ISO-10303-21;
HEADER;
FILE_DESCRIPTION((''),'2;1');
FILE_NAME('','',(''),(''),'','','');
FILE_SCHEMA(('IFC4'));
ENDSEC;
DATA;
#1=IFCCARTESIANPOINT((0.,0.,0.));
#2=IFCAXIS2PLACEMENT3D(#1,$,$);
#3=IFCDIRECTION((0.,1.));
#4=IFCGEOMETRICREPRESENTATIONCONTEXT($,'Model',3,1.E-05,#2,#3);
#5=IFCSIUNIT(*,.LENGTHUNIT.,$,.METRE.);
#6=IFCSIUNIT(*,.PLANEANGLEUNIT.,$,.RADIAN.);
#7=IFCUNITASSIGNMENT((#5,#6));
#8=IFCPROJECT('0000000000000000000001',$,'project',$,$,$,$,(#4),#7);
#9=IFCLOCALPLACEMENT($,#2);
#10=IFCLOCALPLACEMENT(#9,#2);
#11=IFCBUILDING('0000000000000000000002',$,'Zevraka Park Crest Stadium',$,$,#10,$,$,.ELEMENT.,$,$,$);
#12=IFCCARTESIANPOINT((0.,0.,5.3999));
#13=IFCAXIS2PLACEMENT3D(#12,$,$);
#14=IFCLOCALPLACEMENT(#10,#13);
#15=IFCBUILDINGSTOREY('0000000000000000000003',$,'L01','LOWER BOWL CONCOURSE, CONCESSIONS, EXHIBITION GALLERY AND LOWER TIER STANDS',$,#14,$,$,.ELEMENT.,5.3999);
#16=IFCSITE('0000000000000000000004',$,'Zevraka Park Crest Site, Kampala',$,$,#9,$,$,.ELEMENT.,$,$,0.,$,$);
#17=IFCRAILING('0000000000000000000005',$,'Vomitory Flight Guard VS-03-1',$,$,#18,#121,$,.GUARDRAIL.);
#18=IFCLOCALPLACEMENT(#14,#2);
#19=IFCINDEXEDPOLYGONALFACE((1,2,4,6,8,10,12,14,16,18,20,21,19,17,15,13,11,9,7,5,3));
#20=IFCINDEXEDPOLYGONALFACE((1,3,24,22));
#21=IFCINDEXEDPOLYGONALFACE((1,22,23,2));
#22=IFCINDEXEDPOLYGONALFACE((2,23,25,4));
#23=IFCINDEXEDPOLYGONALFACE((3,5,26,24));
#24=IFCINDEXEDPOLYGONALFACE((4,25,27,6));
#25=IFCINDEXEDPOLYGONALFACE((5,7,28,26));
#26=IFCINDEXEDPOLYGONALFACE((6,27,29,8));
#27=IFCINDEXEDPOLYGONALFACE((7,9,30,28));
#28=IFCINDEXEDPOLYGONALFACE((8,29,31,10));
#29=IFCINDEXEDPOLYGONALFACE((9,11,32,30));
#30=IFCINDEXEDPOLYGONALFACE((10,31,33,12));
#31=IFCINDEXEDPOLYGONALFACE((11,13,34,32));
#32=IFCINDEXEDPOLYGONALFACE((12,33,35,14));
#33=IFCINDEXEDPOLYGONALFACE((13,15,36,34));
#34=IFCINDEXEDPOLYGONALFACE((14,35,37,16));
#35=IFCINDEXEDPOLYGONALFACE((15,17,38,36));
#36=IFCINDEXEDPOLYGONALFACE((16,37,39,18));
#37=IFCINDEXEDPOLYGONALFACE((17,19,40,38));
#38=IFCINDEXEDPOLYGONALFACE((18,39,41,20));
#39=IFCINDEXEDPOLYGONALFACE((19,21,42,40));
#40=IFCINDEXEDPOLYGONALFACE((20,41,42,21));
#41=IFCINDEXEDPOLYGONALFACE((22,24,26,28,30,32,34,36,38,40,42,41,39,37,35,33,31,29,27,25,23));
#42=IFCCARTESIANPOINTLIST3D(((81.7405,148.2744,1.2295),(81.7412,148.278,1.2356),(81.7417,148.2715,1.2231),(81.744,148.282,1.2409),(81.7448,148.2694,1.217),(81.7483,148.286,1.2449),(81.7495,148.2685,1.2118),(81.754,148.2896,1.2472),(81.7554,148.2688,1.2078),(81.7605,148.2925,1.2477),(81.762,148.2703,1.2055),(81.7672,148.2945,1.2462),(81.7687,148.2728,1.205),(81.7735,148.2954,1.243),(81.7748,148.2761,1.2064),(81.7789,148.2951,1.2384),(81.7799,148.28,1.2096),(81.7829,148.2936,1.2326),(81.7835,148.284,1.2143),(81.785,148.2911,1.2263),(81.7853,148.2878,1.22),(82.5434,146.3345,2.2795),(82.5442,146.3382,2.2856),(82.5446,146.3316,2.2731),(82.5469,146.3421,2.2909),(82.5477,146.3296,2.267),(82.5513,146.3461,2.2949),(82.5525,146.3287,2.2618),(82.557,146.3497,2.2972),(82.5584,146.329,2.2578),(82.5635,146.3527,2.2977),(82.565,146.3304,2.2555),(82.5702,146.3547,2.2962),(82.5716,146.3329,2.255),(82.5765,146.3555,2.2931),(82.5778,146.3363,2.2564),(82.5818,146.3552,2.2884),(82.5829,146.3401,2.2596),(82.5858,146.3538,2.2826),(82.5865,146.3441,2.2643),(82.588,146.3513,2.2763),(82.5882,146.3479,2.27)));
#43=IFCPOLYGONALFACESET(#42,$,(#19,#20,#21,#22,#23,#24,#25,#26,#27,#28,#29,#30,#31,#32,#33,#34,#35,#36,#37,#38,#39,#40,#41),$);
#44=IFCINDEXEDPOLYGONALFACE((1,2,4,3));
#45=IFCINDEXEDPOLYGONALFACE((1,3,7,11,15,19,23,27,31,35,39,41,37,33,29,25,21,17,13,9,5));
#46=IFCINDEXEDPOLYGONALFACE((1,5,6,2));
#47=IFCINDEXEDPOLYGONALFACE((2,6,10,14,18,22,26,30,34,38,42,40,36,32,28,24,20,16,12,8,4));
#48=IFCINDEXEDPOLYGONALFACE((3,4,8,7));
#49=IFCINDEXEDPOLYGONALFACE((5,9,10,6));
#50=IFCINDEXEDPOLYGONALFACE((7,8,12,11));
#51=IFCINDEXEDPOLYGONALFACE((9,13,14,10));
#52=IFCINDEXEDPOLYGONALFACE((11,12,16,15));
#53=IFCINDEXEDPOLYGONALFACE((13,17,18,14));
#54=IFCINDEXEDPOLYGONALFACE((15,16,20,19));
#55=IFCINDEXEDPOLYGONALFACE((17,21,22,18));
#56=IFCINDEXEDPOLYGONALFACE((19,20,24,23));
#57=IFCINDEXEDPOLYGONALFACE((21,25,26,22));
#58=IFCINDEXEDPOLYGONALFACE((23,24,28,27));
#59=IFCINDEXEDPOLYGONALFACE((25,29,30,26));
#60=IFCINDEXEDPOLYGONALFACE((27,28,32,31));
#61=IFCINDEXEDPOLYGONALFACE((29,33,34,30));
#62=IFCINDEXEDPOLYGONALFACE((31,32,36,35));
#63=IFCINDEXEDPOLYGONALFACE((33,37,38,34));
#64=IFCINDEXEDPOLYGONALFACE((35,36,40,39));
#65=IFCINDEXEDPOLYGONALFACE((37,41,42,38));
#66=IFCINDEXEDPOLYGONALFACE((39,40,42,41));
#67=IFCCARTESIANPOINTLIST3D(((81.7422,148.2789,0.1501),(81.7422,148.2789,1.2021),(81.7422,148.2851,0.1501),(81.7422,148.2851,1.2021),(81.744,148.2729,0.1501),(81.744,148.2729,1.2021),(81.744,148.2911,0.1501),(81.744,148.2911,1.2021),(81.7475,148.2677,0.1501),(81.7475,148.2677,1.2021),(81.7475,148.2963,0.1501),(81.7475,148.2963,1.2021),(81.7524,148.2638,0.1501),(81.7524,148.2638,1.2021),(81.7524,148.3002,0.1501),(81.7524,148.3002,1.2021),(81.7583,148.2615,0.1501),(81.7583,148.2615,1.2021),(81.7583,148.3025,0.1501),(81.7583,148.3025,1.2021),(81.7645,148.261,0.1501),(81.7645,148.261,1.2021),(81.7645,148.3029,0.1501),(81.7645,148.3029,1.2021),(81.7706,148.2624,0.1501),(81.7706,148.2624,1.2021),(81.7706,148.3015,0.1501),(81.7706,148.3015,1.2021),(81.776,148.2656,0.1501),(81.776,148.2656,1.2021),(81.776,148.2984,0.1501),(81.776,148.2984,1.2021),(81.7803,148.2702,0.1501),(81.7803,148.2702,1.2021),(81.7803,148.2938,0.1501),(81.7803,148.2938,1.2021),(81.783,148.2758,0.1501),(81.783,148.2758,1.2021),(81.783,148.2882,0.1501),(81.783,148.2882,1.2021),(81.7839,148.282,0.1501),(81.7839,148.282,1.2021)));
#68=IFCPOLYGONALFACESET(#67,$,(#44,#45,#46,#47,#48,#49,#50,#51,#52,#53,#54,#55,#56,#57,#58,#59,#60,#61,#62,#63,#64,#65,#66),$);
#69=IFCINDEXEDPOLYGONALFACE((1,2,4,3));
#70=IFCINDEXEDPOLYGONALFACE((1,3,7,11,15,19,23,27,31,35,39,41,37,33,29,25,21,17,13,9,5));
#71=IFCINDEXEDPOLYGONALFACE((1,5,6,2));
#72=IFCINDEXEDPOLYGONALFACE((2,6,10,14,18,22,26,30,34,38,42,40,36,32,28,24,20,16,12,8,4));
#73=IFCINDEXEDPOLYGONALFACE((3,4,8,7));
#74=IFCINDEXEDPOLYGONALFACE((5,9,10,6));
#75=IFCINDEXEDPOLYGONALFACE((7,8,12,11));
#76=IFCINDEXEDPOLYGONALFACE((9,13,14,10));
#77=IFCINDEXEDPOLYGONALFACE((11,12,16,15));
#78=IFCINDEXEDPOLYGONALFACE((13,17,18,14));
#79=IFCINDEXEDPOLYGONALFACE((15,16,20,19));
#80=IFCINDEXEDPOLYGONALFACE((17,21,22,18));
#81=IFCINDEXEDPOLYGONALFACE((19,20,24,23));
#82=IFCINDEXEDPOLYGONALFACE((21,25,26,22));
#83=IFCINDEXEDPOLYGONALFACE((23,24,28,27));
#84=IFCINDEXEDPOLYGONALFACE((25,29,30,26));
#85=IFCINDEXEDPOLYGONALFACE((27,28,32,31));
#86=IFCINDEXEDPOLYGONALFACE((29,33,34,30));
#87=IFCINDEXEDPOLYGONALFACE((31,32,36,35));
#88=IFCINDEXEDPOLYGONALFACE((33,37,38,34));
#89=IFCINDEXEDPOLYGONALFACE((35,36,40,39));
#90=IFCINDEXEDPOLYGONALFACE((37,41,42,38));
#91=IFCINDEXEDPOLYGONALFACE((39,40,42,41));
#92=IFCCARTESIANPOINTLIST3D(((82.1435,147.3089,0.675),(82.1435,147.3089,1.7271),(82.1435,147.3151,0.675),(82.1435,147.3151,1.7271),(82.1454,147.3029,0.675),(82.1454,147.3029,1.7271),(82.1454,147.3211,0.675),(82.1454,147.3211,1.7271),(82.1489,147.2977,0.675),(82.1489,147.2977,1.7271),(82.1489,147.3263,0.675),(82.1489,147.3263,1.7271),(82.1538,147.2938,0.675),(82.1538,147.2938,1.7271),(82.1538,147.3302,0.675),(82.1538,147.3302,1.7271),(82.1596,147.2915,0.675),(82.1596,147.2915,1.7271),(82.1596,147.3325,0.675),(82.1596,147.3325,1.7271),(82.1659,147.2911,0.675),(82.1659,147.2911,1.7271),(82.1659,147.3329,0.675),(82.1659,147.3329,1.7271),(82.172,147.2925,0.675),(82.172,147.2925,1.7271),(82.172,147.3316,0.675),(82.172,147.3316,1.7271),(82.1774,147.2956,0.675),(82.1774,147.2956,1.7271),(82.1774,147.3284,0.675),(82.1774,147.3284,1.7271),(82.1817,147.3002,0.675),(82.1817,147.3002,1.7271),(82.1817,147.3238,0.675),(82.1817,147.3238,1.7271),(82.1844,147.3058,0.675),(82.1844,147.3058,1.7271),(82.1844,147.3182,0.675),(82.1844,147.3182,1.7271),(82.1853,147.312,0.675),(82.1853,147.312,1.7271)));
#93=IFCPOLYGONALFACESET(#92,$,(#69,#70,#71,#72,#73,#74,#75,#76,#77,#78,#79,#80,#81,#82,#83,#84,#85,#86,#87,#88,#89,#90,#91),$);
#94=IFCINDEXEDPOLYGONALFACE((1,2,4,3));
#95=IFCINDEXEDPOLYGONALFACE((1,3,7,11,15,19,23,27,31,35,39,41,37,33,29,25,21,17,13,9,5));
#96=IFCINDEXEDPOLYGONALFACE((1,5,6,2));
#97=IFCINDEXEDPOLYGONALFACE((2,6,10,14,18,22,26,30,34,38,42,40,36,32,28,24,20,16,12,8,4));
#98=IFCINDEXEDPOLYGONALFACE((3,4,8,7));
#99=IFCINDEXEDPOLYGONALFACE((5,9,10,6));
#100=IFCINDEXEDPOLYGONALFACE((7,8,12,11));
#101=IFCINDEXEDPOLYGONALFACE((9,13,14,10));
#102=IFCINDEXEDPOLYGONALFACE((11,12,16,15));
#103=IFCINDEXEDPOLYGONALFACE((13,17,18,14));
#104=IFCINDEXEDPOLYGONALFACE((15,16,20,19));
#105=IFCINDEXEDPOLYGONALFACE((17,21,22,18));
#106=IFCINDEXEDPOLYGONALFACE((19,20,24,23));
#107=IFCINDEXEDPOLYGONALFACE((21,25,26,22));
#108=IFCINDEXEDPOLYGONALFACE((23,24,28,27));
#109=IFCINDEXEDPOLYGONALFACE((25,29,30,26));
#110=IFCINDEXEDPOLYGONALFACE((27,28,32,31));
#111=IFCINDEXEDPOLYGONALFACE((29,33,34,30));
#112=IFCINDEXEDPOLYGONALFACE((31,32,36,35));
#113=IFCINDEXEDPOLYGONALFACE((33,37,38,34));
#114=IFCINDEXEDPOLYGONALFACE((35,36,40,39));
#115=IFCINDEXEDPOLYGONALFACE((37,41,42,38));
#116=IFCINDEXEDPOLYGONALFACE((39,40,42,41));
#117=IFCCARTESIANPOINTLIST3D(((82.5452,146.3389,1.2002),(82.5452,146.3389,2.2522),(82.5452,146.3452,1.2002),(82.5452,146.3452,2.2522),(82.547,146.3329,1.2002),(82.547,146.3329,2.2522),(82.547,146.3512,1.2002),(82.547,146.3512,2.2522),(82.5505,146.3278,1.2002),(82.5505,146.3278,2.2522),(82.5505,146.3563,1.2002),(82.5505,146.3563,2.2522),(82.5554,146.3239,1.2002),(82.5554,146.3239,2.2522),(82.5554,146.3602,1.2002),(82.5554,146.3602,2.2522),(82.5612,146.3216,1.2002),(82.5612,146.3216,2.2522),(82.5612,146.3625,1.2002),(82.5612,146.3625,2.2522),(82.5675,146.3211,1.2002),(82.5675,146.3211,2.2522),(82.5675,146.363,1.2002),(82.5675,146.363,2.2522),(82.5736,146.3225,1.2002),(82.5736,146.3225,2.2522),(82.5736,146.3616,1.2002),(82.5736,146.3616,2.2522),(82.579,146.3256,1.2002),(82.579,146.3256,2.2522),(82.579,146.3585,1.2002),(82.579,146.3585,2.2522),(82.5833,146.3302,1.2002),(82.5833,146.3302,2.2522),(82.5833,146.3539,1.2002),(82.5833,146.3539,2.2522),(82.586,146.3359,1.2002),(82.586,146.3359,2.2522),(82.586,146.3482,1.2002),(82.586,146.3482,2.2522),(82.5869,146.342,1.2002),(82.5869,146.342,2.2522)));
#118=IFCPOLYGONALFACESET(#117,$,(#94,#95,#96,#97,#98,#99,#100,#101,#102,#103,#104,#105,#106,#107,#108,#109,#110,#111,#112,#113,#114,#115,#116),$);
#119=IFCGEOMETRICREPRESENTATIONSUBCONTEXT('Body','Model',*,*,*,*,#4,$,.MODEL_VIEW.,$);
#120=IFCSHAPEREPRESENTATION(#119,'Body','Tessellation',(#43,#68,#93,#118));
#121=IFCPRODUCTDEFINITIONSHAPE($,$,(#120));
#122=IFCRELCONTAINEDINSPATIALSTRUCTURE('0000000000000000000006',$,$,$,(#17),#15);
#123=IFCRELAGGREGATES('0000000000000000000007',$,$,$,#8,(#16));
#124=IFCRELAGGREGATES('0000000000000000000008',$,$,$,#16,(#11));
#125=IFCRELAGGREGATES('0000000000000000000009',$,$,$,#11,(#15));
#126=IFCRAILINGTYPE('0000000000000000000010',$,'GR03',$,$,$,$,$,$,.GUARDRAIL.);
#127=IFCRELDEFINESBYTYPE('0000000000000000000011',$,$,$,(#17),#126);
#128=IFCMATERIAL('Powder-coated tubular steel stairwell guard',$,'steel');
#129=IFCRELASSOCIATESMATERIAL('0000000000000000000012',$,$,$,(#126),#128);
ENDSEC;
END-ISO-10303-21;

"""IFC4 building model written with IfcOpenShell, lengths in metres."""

from ifc_helpers import new_model, si_unit, direction, frame, origin, origin_2d, place, context, subcontext, project, spatial, circle, extrude, material, type_object, element, save


model = new_model("IFC4")

# Units and contexts
model_context = context("Model", 3, precision=1e-05, world=origin(), true_north=direction((0.0, 1.0)))
body_context = subcontext(model_context, "Body", "Model", "MODEL_VIEW")
ifc_project = project(units=[si_unit("LENGTHUNIT", "METRE"), si_unit("PLANEANGLEUNIT", "RADIAN")], contexts=[model_context])

# Site, building, storey
site_placement = place(None, origin())
site = spatial("IfcSite", under=ifc_project, at=site_placement, Name="Zevraka Park Crest Site, Kampala", CompositionType="ELEMENT", RefElevation=0.0)
building_placement = place(site_placement, origin())
building = spatial("IfcBuilding", under=site, at=building_placement, Name="Zevraka Park Crest Stadium", CompositionType="ELEMENT")
storey_placement = place(building_placement, frame((0.0, 0.0, 5.3999)))
storey = spatial("IfcBuildingStorey", under=building, at=storey_placement, Name="L01", Description="LOWER BOWL CONCOURSE, CONCESSIONS, EXHIBITION GALLERY AND LOWER TIER STANDS", CompositionType="ELEMENT", Elevation=5.3999)

# Railing
ifc_material_1 = material(Name="Powder-coated tubular steel stairwell guard", Category="steel")
railing_type_1 = type_object("IfcRailingType", Name="GR03", PredefinedType="GUARDRAIL", material=ifc_material_1)
railing_1_placement = place(storey_placement, frame((81.7629, 148.282, 0.1501)))
element("IfcRailing", 1, at=railing_1_placement, inside=storey, type_object=railing_type_1, Name="Vomitory Flight Guard VS-03-1", PredefinedType="GUARDRAIL", context=body_context, shape_type="SweptSolid", body=[
    extrude(circle(Radius=0.0239, at=origin_2d()), frame((0.0, 0.0, 1.0762), z_axis=(0.342057, -0.826387, 0.447305), x_axis=(0.923976, 0.382451, 0.0)), (0.0, 0.0, 1.0), 2.3474),
    extrude(circle(Radius=0.021, at=origin_2d()), origin(), (0.0, 0.0, 1.0), 1.052),
    extrude(circle(Radius=0.021, at=origin_2d()), frame((0.4014, -0.97, 0.5249)), (0.0, 0.0, 1.0), 1.052),
    extrude(circle(Radius=0.021, at=origin_2d()), frame((0.803, -1.9399, 1.05)), (0.0, 0.0, 1.0), 1.052),
])

save(model, "model.ifc")
